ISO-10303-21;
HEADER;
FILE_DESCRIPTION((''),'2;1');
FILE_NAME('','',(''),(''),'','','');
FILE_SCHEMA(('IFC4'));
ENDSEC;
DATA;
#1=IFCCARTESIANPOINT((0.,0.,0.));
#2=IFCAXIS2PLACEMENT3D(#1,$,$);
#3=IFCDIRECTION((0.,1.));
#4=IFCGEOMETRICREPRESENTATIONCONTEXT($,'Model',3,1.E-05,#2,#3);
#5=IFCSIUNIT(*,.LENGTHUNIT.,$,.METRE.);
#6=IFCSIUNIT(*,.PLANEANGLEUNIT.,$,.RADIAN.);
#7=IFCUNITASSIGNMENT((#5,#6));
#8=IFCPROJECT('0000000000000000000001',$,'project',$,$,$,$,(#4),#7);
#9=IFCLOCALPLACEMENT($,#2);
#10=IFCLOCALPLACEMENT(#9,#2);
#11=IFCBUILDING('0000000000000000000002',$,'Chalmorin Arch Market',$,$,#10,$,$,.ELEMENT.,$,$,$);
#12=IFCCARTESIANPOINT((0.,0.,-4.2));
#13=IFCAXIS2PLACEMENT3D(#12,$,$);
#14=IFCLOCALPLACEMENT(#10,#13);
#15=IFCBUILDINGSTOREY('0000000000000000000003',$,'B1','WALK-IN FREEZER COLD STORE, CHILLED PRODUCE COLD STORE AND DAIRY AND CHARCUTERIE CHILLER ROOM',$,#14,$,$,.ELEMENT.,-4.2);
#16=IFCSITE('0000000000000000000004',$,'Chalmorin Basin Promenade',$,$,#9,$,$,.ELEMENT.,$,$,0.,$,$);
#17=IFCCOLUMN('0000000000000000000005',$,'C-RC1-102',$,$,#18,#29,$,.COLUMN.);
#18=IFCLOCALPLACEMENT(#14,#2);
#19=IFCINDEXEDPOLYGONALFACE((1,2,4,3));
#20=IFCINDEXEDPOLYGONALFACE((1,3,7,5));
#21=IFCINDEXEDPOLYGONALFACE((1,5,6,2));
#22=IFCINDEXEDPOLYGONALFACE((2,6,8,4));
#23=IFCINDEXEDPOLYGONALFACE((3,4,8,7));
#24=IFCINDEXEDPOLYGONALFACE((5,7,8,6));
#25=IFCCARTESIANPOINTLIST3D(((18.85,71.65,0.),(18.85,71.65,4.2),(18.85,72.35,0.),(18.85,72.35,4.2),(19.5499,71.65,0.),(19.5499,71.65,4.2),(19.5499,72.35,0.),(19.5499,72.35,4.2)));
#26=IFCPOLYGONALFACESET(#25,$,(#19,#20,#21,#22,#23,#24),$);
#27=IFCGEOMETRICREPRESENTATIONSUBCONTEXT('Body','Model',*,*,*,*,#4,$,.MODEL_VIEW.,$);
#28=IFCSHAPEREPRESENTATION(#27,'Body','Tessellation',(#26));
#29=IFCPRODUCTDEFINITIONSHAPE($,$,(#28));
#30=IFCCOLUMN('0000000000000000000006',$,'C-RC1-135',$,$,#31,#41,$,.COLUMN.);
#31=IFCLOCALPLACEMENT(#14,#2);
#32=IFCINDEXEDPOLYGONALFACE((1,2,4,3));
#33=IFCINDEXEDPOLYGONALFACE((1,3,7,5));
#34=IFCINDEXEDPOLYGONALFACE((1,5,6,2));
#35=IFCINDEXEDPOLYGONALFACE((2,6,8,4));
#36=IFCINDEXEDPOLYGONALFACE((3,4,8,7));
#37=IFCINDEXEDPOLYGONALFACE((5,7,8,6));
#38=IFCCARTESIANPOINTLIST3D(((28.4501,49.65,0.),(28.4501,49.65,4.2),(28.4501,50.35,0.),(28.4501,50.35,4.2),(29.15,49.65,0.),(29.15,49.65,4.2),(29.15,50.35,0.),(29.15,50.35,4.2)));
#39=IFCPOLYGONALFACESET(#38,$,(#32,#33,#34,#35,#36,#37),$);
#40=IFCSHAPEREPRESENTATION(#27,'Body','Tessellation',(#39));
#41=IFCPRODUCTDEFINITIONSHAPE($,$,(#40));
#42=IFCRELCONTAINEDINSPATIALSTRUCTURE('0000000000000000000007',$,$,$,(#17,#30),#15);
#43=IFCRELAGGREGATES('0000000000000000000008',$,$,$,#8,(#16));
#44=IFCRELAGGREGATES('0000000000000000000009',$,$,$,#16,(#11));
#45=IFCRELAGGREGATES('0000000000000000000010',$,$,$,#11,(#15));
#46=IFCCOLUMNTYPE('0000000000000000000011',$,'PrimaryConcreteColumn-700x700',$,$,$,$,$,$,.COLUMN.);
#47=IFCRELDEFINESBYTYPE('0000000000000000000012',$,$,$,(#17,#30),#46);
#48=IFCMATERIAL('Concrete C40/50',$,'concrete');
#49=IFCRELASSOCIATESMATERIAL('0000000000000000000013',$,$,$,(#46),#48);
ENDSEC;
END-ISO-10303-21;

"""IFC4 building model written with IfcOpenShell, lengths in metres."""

from ifc_helpers import new_model, si_unit, direction, frame, origin, origin_2d, place, context, subcontext, project, spatial, rectangle, extrude, material, material_profile, profile_set, type_object, element, save


model = new_model("IFC4")

# Units and contexts
model_context = context("Model", 3, precision=1e-05, world=origin(), true_north=direction((0.0, 1.0)))
body_context = subcontext(model_context, "Body", "Model", "MODEL_VIEW")
ifc_project = project(units=[si_unit("LENGTHUNIT", "METRE"), si_unit("PLANEANGLEUNIT", "RADIAN")], contexts=[model_context])

# Site, building, storey
site_placement = place(None, origin())
site = spatial("IfcSite", under=ifc_project, at=site_placement, Name="Chalmorin Basin Promenade", CompositionType="ELEMENT", RefElevation=0.0)
building_placement = place(site_placement, origin())
building = spatial("IfcBuilding", under=site, at=building_placement, Name="Chalmorin Arch Market", CompositionType="ELEMENT")
storey_placement = place(building_placement, frame((0.0, 0.0, -4.2)))
storey = spatial("IfcBuildingStorey", under=building, at=storey_placement, Name="B1", Description="WALK-IN FREEZER COLD STORE, CHILLED PRODUCE COLD STORE AND DAIRY AND CHARCUTERIE CHILLER ROOM", CompositionType="ELEMENT", Elevation=-4.2)

# Shared definitions
ifc_material_1 = material(Name="Concrete C40/50", Category="concrete")

# Columns
ifc_material_profile_1 = material_profile(ifc_material_1, rectangle(XDim=0.7, YDim=0.7, at=origin_2d()), Name="RC700X700")
ifc_profile_set_1 = profile_set([ifc_material_profile_1], Name="Concrete C40/50")
column_type = type_object("IfcColumnType", Name="PrimaryConcreteColumn-700x700", PredefinedType="COLUMN", material=ifc_profile_set_1)
for number, where, z_axis, x_axis, name in (
    (1, (19.2, 72.0, 0.0), (0.0, 0.0, 1.0), (1.0, 0.0, 0.0), "C-RC1-102"),
    (2, (28.8, 50.0, 0.0), (0.0, 0.0, 1.0), (1.0, 0.0, 0.0), "C-RC1-135"),
):
    element("IfcColumn", number, at=place(storey_placement, frame(where, z_axis=z_axis, x_axis=x_axis)), inside=storey, type_object=column_type, Name=name, PredefinedType="COLUMN", context=body_context, shape_type="SweptSolid", body=[
        extrude(rectangle(XDim=0.7, YDim=0.7, at=origin_2d()), origin(), (0.0, 0.0, 1.0), 4.2),
    ])

save(model, "model.ifc")
